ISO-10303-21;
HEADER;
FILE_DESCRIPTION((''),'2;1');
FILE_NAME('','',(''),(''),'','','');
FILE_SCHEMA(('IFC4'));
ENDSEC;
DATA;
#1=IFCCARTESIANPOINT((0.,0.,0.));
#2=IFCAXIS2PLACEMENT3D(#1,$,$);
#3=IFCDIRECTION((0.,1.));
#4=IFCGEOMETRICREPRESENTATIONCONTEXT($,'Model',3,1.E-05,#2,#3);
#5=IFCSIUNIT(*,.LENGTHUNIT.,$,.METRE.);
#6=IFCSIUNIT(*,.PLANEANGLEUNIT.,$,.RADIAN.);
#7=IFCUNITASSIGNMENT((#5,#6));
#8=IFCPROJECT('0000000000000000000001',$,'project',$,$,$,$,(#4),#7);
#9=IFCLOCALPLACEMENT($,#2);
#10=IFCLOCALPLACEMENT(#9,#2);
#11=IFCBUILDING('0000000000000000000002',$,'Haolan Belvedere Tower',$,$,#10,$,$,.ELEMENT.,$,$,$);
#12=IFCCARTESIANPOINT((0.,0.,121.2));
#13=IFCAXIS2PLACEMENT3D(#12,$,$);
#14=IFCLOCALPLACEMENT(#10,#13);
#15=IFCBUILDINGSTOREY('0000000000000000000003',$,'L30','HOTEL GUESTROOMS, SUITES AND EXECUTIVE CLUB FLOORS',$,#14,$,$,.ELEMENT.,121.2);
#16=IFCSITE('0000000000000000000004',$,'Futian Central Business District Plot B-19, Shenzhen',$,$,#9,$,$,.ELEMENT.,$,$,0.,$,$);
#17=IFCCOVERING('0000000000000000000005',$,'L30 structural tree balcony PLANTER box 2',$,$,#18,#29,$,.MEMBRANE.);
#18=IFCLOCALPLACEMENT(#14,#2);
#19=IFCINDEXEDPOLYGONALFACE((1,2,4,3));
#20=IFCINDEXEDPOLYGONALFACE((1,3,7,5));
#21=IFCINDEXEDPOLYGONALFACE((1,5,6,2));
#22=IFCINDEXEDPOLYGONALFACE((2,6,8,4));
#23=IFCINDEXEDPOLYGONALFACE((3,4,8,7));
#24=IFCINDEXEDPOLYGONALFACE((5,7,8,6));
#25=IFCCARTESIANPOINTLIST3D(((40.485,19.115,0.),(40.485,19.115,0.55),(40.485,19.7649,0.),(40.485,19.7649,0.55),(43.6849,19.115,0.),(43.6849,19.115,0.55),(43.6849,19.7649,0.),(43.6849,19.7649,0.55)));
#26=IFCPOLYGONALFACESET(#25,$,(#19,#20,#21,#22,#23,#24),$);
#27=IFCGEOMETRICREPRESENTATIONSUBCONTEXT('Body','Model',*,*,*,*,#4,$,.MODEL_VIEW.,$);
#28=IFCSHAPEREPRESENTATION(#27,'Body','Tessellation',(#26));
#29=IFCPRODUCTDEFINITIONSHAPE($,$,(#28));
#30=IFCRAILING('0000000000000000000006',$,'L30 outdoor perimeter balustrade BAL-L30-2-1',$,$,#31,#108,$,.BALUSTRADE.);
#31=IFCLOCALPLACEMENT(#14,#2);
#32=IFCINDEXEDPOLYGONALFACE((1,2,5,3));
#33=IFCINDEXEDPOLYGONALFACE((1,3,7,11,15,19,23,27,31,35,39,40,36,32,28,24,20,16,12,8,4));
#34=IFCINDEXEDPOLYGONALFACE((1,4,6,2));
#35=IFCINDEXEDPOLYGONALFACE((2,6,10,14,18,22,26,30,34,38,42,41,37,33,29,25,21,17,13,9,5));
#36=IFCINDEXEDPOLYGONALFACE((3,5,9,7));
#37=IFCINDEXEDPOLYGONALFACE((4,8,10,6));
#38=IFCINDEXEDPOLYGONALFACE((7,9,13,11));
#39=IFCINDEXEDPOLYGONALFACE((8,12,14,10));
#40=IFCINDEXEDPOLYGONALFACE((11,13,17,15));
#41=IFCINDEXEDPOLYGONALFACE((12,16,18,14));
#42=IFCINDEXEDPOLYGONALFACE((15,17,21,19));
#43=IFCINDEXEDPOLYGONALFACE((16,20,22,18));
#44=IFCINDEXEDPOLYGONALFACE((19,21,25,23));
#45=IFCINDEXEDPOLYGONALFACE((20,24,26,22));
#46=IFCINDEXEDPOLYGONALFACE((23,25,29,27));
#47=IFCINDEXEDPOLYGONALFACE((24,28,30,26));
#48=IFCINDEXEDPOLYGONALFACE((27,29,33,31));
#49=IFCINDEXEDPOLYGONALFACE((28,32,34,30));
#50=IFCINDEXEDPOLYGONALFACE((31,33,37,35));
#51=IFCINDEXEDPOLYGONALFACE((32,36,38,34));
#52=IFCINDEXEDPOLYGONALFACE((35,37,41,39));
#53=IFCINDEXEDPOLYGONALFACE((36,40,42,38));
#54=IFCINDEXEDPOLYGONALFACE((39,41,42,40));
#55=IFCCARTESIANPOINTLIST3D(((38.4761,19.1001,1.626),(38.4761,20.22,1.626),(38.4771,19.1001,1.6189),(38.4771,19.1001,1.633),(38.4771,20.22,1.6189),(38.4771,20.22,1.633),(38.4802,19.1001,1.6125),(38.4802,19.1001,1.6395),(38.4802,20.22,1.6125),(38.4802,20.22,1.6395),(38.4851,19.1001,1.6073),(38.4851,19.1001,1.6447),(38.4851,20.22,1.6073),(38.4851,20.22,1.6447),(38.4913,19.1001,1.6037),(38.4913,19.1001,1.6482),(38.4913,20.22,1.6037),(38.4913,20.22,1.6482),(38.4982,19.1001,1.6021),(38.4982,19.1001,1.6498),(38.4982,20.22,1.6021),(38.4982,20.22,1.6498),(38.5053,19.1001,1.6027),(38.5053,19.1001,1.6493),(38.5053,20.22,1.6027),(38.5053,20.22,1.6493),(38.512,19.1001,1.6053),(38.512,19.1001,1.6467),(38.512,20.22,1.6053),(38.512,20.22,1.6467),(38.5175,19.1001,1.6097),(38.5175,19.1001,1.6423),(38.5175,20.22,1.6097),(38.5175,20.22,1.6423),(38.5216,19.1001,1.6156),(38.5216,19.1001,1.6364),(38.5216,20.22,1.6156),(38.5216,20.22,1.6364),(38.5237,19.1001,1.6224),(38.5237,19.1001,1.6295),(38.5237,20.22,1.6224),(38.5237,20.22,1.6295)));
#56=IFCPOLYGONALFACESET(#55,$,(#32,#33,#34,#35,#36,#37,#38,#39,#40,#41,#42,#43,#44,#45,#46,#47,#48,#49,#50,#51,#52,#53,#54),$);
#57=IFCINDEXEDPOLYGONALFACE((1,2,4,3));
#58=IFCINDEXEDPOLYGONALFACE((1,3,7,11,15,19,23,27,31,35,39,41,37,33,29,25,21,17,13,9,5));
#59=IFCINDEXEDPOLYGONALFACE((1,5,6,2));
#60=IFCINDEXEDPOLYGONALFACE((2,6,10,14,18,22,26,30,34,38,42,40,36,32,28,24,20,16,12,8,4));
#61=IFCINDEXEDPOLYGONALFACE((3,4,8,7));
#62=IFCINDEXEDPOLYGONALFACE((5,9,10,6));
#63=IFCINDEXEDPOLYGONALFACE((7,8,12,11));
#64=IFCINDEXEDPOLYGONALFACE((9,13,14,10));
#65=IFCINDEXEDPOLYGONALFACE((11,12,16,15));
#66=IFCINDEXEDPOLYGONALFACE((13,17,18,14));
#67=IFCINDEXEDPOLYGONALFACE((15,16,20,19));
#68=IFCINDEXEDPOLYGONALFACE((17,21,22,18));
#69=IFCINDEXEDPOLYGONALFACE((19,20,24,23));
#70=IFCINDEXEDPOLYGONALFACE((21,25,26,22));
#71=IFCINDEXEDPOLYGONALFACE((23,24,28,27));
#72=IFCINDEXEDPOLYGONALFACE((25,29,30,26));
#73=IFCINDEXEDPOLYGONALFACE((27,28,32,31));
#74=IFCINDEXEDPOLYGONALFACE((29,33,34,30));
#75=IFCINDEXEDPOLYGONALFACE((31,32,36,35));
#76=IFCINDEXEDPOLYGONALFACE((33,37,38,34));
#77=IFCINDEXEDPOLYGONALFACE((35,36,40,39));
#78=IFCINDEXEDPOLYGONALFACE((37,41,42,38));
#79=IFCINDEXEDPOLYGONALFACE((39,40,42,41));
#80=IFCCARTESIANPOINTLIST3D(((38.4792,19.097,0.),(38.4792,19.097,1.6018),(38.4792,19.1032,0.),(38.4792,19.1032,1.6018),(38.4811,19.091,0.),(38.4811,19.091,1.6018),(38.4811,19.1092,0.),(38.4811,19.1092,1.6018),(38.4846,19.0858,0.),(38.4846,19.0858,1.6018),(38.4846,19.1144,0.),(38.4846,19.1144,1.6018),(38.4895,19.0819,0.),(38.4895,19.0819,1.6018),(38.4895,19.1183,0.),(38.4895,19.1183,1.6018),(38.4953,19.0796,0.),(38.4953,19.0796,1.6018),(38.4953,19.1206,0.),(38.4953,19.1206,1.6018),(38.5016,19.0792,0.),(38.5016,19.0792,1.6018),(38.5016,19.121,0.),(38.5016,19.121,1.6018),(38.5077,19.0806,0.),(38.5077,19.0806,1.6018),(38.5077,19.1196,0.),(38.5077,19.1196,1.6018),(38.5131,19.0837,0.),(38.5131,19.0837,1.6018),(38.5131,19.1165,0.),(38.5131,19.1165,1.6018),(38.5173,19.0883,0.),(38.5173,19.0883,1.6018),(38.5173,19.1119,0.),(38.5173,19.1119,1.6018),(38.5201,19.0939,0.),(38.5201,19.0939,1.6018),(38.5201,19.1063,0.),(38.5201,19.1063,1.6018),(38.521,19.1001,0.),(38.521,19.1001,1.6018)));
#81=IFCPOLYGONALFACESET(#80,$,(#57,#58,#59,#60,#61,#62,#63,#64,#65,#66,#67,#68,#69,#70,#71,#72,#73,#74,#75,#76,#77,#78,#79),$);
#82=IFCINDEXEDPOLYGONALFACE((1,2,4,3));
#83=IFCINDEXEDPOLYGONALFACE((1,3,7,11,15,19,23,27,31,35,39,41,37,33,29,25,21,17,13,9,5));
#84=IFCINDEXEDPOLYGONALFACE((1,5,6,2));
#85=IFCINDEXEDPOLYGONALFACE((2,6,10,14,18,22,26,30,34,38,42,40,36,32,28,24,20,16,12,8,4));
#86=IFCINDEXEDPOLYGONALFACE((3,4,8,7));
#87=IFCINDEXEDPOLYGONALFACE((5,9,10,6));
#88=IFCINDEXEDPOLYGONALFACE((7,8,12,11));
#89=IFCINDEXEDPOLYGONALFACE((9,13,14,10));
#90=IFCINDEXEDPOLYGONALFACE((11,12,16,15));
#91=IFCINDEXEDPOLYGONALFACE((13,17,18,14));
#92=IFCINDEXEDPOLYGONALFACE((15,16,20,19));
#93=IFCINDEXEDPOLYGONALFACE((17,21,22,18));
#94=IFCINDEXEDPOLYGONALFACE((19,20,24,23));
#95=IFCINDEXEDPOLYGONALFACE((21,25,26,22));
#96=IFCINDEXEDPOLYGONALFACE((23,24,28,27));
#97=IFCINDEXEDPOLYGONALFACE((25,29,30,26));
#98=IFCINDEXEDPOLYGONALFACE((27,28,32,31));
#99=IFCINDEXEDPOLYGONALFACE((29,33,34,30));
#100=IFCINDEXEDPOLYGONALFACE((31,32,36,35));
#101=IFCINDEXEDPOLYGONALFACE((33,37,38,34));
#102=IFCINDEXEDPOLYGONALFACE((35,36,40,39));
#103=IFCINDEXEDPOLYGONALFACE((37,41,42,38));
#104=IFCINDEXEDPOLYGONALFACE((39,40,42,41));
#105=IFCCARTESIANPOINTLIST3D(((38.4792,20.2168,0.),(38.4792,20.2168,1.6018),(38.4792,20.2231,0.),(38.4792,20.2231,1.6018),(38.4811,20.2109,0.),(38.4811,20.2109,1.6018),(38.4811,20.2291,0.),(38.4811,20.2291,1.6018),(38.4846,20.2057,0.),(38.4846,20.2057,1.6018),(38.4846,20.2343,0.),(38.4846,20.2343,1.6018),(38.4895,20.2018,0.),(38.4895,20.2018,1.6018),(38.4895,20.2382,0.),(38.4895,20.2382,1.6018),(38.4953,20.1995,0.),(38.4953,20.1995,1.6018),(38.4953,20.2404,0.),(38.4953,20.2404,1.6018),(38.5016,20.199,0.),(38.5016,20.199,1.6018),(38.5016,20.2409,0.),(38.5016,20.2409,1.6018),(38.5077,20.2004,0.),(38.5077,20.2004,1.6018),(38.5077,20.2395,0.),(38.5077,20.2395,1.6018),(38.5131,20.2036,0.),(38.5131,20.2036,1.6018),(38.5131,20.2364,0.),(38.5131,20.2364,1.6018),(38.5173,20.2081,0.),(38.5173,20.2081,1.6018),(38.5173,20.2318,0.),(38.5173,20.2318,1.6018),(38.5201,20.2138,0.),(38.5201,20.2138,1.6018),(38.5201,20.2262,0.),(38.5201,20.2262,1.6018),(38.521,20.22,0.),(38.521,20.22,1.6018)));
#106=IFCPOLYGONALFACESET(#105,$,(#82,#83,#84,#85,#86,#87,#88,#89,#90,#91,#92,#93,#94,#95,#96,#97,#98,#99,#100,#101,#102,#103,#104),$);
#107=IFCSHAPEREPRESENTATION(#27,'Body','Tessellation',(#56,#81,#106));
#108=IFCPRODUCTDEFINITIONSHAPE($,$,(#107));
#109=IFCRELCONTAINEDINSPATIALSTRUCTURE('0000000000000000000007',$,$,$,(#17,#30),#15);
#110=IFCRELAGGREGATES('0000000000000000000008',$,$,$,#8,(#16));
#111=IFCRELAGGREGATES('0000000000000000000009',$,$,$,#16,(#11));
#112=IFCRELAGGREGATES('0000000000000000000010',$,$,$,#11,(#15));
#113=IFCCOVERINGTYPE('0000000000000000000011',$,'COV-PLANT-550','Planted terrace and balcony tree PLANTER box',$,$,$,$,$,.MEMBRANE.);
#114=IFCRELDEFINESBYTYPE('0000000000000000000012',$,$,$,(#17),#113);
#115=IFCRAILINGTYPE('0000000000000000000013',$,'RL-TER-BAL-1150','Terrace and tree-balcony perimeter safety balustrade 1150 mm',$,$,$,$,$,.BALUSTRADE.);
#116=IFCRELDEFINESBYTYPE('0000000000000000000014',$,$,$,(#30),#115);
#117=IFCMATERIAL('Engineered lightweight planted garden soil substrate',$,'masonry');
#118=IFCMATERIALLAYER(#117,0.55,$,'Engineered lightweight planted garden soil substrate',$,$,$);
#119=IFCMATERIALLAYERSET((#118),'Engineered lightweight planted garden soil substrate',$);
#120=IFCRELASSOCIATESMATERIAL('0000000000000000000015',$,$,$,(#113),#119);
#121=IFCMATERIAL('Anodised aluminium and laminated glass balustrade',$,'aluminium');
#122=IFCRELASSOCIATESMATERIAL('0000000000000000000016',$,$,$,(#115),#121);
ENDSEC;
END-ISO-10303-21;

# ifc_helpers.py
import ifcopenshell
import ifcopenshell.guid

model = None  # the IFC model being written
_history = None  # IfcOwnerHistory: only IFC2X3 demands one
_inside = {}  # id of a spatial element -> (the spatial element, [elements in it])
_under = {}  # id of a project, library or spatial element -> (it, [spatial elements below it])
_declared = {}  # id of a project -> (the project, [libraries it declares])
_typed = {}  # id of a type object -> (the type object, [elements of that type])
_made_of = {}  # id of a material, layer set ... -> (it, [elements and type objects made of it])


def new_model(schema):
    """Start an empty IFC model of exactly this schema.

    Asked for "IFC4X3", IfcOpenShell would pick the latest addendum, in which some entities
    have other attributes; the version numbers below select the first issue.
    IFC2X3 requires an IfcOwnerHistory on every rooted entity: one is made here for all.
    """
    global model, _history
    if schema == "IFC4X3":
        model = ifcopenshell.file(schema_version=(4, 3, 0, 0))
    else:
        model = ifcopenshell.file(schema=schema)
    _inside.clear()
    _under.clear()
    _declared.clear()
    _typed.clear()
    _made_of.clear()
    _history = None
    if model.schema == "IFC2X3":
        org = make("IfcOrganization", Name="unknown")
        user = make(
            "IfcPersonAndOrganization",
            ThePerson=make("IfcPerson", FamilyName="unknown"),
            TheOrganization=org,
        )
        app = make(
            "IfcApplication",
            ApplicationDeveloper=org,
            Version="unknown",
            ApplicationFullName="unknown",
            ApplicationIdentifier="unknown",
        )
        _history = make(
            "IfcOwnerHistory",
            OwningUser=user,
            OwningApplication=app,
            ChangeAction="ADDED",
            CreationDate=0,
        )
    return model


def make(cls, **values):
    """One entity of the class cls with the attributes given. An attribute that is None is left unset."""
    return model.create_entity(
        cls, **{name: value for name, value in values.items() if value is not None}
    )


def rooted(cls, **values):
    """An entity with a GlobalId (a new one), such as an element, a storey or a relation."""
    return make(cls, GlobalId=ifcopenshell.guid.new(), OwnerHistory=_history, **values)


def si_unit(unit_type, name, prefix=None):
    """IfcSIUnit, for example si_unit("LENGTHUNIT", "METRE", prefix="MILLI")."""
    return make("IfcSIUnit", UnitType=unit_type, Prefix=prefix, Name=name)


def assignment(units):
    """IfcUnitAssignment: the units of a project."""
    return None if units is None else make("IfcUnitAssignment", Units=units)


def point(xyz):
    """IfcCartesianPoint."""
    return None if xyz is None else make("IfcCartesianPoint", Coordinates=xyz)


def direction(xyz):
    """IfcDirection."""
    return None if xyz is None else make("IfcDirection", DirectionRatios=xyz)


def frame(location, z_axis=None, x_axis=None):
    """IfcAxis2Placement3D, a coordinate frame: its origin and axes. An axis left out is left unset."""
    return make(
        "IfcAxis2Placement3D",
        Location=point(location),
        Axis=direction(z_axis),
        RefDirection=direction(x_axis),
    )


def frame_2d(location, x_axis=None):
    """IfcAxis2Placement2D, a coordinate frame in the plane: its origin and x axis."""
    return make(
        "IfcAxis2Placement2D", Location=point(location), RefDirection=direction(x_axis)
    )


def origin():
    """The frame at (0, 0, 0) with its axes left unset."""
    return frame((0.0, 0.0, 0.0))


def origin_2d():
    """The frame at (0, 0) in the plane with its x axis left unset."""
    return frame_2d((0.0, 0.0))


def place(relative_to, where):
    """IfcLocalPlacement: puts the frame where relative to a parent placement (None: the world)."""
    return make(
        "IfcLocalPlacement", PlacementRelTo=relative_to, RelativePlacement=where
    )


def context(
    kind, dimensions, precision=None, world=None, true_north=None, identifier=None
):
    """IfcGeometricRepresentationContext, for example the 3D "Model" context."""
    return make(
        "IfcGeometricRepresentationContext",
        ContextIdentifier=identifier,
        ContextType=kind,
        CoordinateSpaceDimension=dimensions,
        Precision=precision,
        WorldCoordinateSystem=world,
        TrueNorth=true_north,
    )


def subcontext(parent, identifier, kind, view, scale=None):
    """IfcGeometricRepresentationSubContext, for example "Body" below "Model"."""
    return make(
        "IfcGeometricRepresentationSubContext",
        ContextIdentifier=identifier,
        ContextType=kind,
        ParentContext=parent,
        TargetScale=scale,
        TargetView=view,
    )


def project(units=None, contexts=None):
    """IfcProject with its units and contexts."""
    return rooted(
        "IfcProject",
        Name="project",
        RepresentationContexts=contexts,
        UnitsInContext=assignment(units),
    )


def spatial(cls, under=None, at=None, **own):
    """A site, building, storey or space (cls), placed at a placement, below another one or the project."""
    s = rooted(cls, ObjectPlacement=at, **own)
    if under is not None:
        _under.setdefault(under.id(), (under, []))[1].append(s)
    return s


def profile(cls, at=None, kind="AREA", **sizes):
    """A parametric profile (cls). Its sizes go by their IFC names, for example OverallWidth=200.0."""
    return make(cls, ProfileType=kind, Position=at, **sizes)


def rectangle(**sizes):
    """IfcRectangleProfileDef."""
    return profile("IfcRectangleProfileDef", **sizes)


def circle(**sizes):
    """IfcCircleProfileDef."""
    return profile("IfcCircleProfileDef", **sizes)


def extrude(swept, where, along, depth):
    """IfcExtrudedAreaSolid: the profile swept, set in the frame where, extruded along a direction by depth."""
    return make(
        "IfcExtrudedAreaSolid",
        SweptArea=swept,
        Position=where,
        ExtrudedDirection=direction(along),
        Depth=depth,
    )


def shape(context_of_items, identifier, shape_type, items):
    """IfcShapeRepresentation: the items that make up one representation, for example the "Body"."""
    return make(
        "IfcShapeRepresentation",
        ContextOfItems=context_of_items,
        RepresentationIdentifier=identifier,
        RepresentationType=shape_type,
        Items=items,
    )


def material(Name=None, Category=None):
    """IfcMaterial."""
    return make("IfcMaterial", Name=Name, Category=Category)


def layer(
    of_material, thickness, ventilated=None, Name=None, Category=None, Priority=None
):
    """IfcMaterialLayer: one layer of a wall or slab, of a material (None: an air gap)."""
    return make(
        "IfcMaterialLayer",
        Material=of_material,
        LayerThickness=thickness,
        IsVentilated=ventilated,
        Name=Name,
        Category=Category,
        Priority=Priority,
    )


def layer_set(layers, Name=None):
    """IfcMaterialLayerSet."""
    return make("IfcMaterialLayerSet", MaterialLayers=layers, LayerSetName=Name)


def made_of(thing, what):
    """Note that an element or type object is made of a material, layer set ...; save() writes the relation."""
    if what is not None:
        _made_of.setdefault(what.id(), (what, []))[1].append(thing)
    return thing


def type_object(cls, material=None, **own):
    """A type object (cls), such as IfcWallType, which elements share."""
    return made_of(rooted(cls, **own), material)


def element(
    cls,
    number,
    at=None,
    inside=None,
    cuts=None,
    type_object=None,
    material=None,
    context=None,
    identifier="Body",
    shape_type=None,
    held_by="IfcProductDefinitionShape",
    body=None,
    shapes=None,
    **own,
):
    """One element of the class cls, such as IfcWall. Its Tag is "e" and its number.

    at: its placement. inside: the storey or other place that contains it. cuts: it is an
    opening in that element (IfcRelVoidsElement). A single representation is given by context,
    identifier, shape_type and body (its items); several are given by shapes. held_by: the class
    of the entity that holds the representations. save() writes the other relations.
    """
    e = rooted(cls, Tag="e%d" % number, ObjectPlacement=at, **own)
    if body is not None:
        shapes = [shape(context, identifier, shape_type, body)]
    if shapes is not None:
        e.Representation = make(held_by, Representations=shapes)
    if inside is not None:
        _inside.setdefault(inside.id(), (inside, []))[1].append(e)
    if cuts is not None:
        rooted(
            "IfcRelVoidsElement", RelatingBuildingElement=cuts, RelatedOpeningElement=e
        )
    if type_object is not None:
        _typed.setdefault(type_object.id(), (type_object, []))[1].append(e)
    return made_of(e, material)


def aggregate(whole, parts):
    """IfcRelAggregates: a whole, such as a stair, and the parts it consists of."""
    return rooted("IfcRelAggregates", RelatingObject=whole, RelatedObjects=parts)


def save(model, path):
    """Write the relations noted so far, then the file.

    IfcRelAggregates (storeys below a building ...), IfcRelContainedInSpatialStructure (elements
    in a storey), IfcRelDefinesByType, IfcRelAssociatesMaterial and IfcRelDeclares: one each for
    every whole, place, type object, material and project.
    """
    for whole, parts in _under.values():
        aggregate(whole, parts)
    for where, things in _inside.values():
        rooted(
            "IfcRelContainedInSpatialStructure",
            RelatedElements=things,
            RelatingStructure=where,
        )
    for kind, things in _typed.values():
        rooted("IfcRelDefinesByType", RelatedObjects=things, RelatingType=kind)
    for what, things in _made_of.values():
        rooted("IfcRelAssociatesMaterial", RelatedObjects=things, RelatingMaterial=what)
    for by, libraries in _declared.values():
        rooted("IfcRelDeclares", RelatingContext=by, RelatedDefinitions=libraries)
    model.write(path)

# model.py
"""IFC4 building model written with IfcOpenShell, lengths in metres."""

from ifc_helpers import new_model, si_unit, direction, frame, origin, origin_2d, place, context, subcontext, project, spatial, rectangle, circle, extrude, material, layer, layer_set, type_object, element, save


model = new_model("IFC4")

# Units and contexts
model_context = context("Model", 3, precision=1e-05, world=origin(), true_north=direction((0.0, 1.0)))
body_context = subcontext(model_context, "Body", "Model", "MODEL_VIEW")
ifc_project = project(units=[si_unit("LENGTHUNIT", "METRE"), si_unit("PLANEANGLEUNIT", "RADIAN")], contexts=[model_context])

# Site, building, storey
site_placement = place(None, origin())
site = spatial("IfcSite", under=ifc_project, at=site_placement, Name="Futian Central Business District Plot B-19, Shenzhen", CompositionType="ELEMENT", RefElevation=0.0)
building_placement = place(site_placement, origin())
building = spatial("IfcBuilding", under=site, at=building_placement, Name="Haolan Belvedere Tower", CompositionType="ELEMENT")
storey_placement = place(building_placement, frame((0.0, 0.0, 121.2)))
storey = spatial("IfcBuildingStorey", under=building, at=storey_placement, Name="L30", Description="HOTEL GUESTROOMS, SUITES AND EXECUTIVE CLUB FLOORS", CompositionType="ELEMENT", Elevation=121.2)

# Covering
ifc_material_1 = material(Name="Engineered lightweight planted garden soil substrate", Category="masonry")
ifc_layer_1 = layer(ifc_material_1, 0.55, Name="Engineered lightweight planted garden soil substrate")
ifc_layer_set_1 = layer_set([ifc_layer_1], Name="Engineered lightweight planted garden soil substrate")
covering_type = type_object("IfcCoveringType", Name="COV-PLANT-550", Description="Planted terrace and balcony tree PLANTER box", PredefinedType="MEMBRANE", material=ifc_layer_set_1)
covering_placement = place(storey_placement, frame((42.085, 19.4399, 0.0), z_axis=(0.0, 0.0, 1.0), x_axis=(1.0, 0.0, 0.0)))
element("IfcCovering", 1, at=covering_placement, inside=storey, type_object=covering_type, Name="L30 structural tree balcony PLANTER box 2", PredefinedType="MEMBRANE", context=body_context, shape_type="SweptSolid", body=[
    extrude(rectangle(XDim=3.2, YDim=0.6499, at=origin_2d()), origin(), (0.0, 0.0, 1.0), 0.55),
])

# Railing
ifc_material_2 = material(Name="Anodised aluminium and laminated glass balustrade", Category="aluminium")
railing_type = type_object("IfcRailingType", Name="RL-TER-BAL-1150", Description="Terrace and tree-balcony perimeter safety balustrade 1150 mm", PredefinedType="BALUSTRADE", material=ifc_material_2)
railing_1_placement = place(storey_placement, frame((38.5, 19.1001, 0.0)))
element("IfcRailing", 2, at=railing_1_placement, inside=storey, type_object=railing_type, Name="L30 outdoor perimeter balustrade BAL-L30-2-1", PredefinedType="BALUSTRADE", context=body_context, shape_type="SweptSolid", body=[
    extrude(circle(Radius=0.0239, at=origin_2d()), frame((0.0, 0.0, 1.626), z_axis=(0.0, 1.0, 0.0), x_axis=(-1.0, 0.0, 0.0)), (0.0, 0.0, 1.0), 1.1199),
    extrude(circle(Radius=0.021, at=origin_2d()), origin(), (0.0, 0.0, 1.0), 1.6018),
    extrude(circle(Radius=0.021, at=origin_2d()), frame((0.0, 1.1199, 0.0)), (0.0, 0.0, 1.0), 1.6018),
])

save(model, "model.ifc")
